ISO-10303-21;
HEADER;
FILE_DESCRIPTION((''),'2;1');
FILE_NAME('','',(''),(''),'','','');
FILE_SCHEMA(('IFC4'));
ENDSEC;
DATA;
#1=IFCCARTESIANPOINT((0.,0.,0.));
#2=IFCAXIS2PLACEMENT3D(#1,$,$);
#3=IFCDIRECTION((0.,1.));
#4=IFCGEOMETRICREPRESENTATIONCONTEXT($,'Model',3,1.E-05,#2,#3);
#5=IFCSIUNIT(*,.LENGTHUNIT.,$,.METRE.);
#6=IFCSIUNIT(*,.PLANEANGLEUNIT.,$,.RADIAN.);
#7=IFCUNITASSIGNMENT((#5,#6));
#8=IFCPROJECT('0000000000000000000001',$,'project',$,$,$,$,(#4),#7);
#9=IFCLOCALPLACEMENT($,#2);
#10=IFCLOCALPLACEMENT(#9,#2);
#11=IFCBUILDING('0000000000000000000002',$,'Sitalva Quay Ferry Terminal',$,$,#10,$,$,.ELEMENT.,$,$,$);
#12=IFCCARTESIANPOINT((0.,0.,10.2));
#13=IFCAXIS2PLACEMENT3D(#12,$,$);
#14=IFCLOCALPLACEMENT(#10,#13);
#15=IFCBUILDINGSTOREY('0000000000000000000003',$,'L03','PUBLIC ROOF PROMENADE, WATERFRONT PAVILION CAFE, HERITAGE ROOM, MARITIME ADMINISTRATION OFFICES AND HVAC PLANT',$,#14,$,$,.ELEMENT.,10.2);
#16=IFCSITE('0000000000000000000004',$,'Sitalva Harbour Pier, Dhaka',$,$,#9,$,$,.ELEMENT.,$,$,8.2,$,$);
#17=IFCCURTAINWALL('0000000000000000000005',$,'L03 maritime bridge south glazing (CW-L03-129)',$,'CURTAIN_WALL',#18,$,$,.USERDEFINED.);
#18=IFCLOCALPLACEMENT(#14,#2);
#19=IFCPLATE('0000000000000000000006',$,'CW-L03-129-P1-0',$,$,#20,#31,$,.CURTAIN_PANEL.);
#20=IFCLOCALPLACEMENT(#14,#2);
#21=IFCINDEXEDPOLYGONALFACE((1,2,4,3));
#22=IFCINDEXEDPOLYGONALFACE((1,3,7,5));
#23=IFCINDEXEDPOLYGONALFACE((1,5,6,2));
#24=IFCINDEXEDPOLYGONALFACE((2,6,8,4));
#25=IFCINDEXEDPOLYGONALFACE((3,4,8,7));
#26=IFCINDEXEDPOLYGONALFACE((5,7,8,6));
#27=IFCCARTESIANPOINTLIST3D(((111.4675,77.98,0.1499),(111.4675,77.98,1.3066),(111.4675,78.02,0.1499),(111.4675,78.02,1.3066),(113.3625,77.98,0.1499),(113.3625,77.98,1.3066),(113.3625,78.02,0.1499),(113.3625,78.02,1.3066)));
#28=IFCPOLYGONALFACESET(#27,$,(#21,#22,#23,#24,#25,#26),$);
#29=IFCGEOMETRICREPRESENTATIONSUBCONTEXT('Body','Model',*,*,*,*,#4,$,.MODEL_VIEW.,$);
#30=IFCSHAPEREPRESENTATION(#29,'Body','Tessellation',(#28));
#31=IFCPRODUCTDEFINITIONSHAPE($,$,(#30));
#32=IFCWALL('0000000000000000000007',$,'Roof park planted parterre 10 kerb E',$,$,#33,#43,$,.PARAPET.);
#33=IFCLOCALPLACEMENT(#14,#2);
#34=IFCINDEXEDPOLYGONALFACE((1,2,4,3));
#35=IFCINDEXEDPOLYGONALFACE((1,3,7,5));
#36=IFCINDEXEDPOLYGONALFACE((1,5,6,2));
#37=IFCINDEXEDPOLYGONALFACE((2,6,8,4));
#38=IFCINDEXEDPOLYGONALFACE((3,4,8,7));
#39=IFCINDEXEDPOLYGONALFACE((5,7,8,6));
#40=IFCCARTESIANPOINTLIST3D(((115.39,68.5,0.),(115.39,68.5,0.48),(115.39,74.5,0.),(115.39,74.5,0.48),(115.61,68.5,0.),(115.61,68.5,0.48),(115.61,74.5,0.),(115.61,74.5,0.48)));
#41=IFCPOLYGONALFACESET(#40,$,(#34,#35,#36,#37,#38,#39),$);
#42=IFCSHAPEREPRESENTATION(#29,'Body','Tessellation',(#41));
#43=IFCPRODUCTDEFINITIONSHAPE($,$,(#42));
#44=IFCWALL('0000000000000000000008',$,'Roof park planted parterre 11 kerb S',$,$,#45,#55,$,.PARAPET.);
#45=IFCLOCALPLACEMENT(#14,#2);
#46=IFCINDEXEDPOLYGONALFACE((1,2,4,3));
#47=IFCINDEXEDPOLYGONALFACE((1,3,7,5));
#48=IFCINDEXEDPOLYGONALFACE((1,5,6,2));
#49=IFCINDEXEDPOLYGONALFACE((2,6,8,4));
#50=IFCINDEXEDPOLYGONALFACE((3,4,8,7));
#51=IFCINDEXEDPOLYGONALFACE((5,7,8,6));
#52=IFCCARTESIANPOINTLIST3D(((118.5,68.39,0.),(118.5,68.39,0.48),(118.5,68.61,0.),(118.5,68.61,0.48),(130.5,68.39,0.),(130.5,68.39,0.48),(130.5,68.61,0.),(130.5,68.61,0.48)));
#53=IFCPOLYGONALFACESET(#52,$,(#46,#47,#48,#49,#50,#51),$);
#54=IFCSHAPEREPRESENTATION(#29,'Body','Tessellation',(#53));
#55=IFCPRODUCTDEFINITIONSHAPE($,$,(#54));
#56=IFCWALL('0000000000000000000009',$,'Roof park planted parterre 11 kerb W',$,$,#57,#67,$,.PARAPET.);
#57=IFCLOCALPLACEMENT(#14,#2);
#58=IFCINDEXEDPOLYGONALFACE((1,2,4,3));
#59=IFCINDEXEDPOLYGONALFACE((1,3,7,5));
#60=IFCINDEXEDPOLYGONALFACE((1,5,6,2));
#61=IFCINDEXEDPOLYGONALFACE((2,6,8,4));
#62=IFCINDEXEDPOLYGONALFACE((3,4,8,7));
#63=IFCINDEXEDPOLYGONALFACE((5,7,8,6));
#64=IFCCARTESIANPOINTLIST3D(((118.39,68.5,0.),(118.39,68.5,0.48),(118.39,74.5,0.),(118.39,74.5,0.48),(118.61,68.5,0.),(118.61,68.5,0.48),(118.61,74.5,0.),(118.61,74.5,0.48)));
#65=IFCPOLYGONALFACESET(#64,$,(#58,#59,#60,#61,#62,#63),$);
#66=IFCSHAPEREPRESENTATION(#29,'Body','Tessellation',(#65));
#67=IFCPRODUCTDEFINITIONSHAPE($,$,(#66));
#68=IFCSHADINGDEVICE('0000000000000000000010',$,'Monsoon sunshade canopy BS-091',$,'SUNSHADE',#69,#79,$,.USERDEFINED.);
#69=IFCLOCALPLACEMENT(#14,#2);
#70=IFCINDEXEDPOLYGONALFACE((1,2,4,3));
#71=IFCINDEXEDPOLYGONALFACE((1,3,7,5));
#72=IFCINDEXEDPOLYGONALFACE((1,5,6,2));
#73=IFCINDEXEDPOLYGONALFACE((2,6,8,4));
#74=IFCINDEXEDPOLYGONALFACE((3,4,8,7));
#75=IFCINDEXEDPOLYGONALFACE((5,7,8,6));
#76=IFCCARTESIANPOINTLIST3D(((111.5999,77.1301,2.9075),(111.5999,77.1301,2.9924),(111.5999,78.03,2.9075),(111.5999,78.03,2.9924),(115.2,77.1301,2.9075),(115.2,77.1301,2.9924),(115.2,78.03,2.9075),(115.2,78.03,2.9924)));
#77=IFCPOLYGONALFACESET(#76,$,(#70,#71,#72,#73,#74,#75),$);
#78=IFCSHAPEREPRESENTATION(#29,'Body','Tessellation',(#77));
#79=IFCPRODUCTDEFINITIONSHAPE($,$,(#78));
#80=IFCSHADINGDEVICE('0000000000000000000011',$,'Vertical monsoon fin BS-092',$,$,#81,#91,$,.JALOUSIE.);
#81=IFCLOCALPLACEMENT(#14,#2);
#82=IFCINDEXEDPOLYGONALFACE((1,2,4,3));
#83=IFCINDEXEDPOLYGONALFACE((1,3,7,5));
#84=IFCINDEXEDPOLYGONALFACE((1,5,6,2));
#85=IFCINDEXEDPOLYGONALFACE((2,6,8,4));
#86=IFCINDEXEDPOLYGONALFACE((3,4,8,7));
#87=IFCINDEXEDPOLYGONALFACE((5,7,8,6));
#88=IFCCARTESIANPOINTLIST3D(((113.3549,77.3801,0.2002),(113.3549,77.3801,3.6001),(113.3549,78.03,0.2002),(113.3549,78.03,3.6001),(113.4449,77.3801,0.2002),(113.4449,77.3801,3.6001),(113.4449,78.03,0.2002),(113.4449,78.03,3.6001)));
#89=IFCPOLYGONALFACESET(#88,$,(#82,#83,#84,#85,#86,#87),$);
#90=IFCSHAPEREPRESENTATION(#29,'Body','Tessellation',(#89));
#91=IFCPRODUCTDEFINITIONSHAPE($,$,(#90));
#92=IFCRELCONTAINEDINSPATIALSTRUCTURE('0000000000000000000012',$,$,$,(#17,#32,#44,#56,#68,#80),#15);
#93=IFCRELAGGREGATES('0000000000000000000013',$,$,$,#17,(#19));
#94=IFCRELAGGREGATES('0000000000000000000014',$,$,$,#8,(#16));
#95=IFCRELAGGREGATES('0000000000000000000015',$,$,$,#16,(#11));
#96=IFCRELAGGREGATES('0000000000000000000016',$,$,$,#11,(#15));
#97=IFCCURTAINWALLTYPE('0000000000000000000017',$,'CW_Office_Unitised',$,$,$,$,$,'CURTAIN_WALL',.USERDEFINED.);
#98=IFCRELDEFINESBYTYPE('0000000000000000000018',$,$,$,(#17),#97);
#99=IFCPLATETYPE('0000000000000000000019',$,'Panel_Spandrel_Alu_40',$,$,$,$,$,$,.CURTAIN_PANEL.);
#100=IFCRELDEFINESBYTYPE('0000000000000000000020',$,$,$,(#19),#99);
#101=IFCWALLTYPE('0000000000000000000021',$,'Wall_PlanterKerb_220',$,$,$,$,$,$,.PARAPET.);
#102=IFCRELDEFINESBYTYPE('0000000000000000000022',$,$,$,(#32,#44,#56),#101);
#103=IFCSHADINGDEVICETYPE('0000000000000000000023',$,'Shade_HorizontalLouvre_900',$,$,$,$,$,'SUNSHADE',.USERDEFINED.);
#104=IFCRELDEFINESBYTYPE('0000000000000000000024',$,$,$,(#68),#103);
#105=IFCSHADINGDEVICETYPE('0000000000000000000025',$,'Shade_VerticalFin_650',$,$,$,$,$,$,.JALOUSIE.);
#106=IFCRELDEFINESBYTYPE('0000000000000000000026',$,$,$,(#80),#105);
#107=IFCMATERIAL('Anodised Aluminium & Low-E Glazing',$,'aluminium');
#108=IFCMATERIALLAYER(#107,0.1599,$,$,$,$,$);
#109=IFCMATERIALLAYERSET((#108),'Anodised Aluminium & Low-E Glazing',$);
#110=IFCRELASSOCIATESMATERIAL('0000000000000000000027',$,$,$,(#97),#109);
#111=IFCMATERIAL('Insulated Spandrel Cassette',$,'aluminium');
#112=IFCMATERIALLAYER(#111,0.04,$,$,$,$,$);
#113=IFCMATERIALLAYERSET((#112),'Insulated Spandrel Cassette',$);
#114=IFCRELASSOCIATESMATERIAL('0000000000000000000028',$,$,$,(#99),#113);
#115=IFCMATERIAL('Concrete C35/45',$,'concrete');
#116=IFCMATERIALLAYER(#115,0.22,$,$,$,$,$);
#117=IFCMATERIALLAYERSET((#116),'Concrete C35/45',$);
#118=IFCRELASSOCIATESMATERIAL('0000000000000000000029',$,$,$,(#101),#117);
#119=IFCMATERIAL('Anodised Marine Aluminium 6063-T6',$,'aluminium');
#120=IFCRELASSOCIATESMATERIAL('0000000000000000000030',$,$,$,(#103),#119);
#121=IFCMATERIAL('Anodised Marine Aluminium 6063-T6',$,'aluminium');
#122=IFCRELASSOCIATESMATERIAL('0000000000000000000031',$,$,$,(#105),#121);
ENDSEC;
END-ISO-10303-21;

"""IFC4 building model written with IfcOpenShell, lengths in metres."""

from ifc_helpers import new_model, si_unit, direction, frame, frame_2d, origin, origin_2d, place, context, subcontext, project, spatial, rectangle, extrude, material, layer, layer_set, type_object, element, aggregate, save


model = new_model("IFC4")

# Units and contexts
model_context = context("Model", 3, precision=1e-05, world=origin(), true_north=direction((0.0, 1.0)))
body_context = subcontext(model_context, "Body", "Model", "MODEL_VIEW")
ifc_project = project(units=[si_unit("LENGTHUNIT", "METRE"), si_unit("PLANEANGLEUNIT", "RADIAN")], contexts=[model_context])

# Site, building, storey
site_placement = place(None, origin())
site = spatial("IfcSite", under=ifc_project, at=site_placement, Name="Sitalva Harbour Pier, Dhaka", CompositionType="ELEMENT", RefElevation=8.2)
building_placement = place(site_placement, origin())
building = spatial("IfcBuilding", under=site, at=building_placement, Name="Sitalva Quay Ferry Terminal", CompositionType="ELEMENT")
storey_placement = place(building_placement, frame((0.0, 0.0, 10.2)))
storey = spatial("IfcBuildingStorey", under=building, at=storey_placement, Name="L03", Description="PUBLIC ROOF PROMENADE, WATERFRONT PAVILION CAFE, HERITAGE ROOM, MARITIME ADMINISTRATION OFFICES AND HVAC PLANT", CompositionType="ELEMENT", Elevation=10.2)

# Curtain wall, plate
ifc_material_1 = material(Name="Anodised Aluminium & Low-E Glazing", Category="aluminium")
ifc_layer_1 = layer(ifc_material_1, 0.1599)
ifc_layer_set_1 = layer_set([ifc_layer_1], Name="Anodised Aluminium & Low-E Glazing")
curtain_wall_type = type_object("IfcCurtainWallType", Name="CW_Office_Unitised", ElementType="CURTAIN_WALL", PredefinedType="USERDEFINED", material=ifc_layer_set_1)
curtain_wall_placement = place(storey_placement, origin())
curtain_wall = element("IfcCurtainWall", 1, at=curtain_wall_placement, inside=storey, type_object=curtain_wall_type, Name="L03 maritime bridge south glazing (CW-L03-129)", ObjectType="CURTAIN_WALL", PredefinedType="USERDEFINED")
ifc_material_2 = material(Name="Insulated Spandrel Cassette", Category="aluminium")
ifc_layer_2 = layer(ifc_material_2, 0.04)
ifc_layer_set_2 = layer_set([ifc_layer_2], Name="Insulated Spandrel Cassette")
plate_type_1 = type_object("IfcPlateType", Name="Panel_Spandrel_Alu_40", PredefinedType="CURTAIN_PANEL", material=ifc_layer_set_2)
plate_1_placement = place(storey_placement, frame((112.415, 78.0, 0.1499), z_axis=(0.0, 0.0, 1.0), x_axis=(1.0, 0.0, 0.0)))
plate_1 = element("IfcPlate", 2, at=plate_1_placement, type_object=plate_type_1, Name="CW-L03-129-P1-0", PredefinedType="CURTAIN_PANEL", context=body_context, shape_type="SweptSolid", body=[
    extrude(rectangle(XDim=1.895, YDim=0.04, at=origin_2d()), origin(), (0.0, 0.0, 1.0), 1.1567),
])
aggregate(curtain_wall, [plate_1])

# Walls
ifc_material_3 = material(Name="Concrete C35/45", Category="concrete")
ifc_layer_3 = layer(ifc_material_3, 0.22)
ifc_layer_set_3 = layer_set([ifc_layer_3], Name="Concrete C35/45")
wall_type = type_object("IfcWallType", Name="Wall_PlanterKerb_220", PredefinedType="PARAPET", material=ifc_layer_set_3)
wall_1_placement = place(storey_placement, frame((115.5, 68.5, 0.0), z_axis=(0.0, 0.0, 1.0), x_axis=(0.0, 1.0, 0.0)))
element("IfcWall", 3, at=wall_1_placement, inside=storey, type_object=wall_type, Name="Roof park planted parterre 10 kerb E", PredefinedType="PARAPET", context=body_context, shape_type="SweptSolid", body=[
    extrude(rectangle(XDim=6.0, YDim=0.22, at=frame_2d((3.0, 0.0))), origin(), (0.0, 0.0, 1.0), 0.48),
])
wall_2_placement = place(storey_placement, frame((118.5, 68.5, 0.0), z_axis=(0.0, 0.0, 1.0), x_axis=(1.0, 0.0, 0.0)))
element("IfcWall", 4, at=wall_2_placement, inside=storey, type_object=wall_type, Name="Roof park planted parterre 11 kerb S", PredefinedType="PARAPET", context=body_context, shape_type="SweptSolid", body=[
    extrude(rectangle(XDim=12.0, YDim=0.22, at=frame_2d((6.0, 0.0))), origin(), (0.0, 0.0, 1.0), 0.48),
])
wall_3_placement = place(storey_placement, frame((118.5, 68.5, 0.0), z_axis=(0.0, 0.0, 1.0), x_axis=(0.0, 1.0, 0.0)))
element("IfcWall", 5, at=wall_3_placement, inside=storey, type_object=wall_type, Name="Roof park planted parterre 11 kerb W", PredefinedType="PARAPET", context=body_context, shape_type="SweptSolid", body=[
    extrude(rectangle(XDim=6.0, YDim=0.22, at=frame_2d((3.0, 0.0))), origin(), (0.0, 0.0, 1.0), 0.48),
])

# Shading devices
ifc_material_4 = material(Name="Anodised Marine Aluminium 6063-T6", Category="aluminium")
shading_device_type_1 = type_object("IfcShadingDeviceType", Name="Shade_HorizontalLouvre_900", ElementType="SUNSHADE", PredefinedType="USERDEFINED", material=ifc_material_4)
shading_device_1_placement = place(storey_placement, frame((113.3999, 77.5801, 2.9075), z_axis=(0.0, 0.0, 1.0), x_axis=(1.0, 0.0, 0.0)))
element("IfcShadingDevice", 6, at=shading_device_1_placement, inside=storey, type_object=shading_device_type_1, Name="Monsoon sunshade canopy BS-091", ObjectType="SUNSHADE", PredefinedType="USERDEFINED", context=body_context, shape_type="SweptSolid", body=[
    extrude(rectangle(XDim=3.6001, YDim=0.8999, at=origin_2d()), origin(), (0.0, 0.0, 1.0), 0.085),
])
ifc_material_5 = material(Name="Anodised Marine Aluminium 6063-T6", Category="aluminium")
shading_device_type_2 = type_object("IfcShadingDeviceType", Name="Shade_VerticalFin_650", PredefinedType="JALOUSIE", material=ifc_material_5)
shading_device_2_placement = place(storey_placement, frame((113.3999, 77.7051, 0.2002), z_axis=(0.0, 0.0, 1.0), x_axis=(1.0, 0.0, 0.0)))
element("IfcShadingDevice", 7, at=shading_device_2_placement, inside=storey, type_object=shading_device_type_2, Name="Vertical monsoon fin BS-092", PredefinedType="JALOUSIE", context=body_context, shape_type="SweptSolid", body=[
    extrude(rectangle(XDim=0.0901, YDim=0.6499, at=origin_2d()), origin(), (0.0, 0.0, 1.0), 3.3999),
])

save(model, "model.ifc")
